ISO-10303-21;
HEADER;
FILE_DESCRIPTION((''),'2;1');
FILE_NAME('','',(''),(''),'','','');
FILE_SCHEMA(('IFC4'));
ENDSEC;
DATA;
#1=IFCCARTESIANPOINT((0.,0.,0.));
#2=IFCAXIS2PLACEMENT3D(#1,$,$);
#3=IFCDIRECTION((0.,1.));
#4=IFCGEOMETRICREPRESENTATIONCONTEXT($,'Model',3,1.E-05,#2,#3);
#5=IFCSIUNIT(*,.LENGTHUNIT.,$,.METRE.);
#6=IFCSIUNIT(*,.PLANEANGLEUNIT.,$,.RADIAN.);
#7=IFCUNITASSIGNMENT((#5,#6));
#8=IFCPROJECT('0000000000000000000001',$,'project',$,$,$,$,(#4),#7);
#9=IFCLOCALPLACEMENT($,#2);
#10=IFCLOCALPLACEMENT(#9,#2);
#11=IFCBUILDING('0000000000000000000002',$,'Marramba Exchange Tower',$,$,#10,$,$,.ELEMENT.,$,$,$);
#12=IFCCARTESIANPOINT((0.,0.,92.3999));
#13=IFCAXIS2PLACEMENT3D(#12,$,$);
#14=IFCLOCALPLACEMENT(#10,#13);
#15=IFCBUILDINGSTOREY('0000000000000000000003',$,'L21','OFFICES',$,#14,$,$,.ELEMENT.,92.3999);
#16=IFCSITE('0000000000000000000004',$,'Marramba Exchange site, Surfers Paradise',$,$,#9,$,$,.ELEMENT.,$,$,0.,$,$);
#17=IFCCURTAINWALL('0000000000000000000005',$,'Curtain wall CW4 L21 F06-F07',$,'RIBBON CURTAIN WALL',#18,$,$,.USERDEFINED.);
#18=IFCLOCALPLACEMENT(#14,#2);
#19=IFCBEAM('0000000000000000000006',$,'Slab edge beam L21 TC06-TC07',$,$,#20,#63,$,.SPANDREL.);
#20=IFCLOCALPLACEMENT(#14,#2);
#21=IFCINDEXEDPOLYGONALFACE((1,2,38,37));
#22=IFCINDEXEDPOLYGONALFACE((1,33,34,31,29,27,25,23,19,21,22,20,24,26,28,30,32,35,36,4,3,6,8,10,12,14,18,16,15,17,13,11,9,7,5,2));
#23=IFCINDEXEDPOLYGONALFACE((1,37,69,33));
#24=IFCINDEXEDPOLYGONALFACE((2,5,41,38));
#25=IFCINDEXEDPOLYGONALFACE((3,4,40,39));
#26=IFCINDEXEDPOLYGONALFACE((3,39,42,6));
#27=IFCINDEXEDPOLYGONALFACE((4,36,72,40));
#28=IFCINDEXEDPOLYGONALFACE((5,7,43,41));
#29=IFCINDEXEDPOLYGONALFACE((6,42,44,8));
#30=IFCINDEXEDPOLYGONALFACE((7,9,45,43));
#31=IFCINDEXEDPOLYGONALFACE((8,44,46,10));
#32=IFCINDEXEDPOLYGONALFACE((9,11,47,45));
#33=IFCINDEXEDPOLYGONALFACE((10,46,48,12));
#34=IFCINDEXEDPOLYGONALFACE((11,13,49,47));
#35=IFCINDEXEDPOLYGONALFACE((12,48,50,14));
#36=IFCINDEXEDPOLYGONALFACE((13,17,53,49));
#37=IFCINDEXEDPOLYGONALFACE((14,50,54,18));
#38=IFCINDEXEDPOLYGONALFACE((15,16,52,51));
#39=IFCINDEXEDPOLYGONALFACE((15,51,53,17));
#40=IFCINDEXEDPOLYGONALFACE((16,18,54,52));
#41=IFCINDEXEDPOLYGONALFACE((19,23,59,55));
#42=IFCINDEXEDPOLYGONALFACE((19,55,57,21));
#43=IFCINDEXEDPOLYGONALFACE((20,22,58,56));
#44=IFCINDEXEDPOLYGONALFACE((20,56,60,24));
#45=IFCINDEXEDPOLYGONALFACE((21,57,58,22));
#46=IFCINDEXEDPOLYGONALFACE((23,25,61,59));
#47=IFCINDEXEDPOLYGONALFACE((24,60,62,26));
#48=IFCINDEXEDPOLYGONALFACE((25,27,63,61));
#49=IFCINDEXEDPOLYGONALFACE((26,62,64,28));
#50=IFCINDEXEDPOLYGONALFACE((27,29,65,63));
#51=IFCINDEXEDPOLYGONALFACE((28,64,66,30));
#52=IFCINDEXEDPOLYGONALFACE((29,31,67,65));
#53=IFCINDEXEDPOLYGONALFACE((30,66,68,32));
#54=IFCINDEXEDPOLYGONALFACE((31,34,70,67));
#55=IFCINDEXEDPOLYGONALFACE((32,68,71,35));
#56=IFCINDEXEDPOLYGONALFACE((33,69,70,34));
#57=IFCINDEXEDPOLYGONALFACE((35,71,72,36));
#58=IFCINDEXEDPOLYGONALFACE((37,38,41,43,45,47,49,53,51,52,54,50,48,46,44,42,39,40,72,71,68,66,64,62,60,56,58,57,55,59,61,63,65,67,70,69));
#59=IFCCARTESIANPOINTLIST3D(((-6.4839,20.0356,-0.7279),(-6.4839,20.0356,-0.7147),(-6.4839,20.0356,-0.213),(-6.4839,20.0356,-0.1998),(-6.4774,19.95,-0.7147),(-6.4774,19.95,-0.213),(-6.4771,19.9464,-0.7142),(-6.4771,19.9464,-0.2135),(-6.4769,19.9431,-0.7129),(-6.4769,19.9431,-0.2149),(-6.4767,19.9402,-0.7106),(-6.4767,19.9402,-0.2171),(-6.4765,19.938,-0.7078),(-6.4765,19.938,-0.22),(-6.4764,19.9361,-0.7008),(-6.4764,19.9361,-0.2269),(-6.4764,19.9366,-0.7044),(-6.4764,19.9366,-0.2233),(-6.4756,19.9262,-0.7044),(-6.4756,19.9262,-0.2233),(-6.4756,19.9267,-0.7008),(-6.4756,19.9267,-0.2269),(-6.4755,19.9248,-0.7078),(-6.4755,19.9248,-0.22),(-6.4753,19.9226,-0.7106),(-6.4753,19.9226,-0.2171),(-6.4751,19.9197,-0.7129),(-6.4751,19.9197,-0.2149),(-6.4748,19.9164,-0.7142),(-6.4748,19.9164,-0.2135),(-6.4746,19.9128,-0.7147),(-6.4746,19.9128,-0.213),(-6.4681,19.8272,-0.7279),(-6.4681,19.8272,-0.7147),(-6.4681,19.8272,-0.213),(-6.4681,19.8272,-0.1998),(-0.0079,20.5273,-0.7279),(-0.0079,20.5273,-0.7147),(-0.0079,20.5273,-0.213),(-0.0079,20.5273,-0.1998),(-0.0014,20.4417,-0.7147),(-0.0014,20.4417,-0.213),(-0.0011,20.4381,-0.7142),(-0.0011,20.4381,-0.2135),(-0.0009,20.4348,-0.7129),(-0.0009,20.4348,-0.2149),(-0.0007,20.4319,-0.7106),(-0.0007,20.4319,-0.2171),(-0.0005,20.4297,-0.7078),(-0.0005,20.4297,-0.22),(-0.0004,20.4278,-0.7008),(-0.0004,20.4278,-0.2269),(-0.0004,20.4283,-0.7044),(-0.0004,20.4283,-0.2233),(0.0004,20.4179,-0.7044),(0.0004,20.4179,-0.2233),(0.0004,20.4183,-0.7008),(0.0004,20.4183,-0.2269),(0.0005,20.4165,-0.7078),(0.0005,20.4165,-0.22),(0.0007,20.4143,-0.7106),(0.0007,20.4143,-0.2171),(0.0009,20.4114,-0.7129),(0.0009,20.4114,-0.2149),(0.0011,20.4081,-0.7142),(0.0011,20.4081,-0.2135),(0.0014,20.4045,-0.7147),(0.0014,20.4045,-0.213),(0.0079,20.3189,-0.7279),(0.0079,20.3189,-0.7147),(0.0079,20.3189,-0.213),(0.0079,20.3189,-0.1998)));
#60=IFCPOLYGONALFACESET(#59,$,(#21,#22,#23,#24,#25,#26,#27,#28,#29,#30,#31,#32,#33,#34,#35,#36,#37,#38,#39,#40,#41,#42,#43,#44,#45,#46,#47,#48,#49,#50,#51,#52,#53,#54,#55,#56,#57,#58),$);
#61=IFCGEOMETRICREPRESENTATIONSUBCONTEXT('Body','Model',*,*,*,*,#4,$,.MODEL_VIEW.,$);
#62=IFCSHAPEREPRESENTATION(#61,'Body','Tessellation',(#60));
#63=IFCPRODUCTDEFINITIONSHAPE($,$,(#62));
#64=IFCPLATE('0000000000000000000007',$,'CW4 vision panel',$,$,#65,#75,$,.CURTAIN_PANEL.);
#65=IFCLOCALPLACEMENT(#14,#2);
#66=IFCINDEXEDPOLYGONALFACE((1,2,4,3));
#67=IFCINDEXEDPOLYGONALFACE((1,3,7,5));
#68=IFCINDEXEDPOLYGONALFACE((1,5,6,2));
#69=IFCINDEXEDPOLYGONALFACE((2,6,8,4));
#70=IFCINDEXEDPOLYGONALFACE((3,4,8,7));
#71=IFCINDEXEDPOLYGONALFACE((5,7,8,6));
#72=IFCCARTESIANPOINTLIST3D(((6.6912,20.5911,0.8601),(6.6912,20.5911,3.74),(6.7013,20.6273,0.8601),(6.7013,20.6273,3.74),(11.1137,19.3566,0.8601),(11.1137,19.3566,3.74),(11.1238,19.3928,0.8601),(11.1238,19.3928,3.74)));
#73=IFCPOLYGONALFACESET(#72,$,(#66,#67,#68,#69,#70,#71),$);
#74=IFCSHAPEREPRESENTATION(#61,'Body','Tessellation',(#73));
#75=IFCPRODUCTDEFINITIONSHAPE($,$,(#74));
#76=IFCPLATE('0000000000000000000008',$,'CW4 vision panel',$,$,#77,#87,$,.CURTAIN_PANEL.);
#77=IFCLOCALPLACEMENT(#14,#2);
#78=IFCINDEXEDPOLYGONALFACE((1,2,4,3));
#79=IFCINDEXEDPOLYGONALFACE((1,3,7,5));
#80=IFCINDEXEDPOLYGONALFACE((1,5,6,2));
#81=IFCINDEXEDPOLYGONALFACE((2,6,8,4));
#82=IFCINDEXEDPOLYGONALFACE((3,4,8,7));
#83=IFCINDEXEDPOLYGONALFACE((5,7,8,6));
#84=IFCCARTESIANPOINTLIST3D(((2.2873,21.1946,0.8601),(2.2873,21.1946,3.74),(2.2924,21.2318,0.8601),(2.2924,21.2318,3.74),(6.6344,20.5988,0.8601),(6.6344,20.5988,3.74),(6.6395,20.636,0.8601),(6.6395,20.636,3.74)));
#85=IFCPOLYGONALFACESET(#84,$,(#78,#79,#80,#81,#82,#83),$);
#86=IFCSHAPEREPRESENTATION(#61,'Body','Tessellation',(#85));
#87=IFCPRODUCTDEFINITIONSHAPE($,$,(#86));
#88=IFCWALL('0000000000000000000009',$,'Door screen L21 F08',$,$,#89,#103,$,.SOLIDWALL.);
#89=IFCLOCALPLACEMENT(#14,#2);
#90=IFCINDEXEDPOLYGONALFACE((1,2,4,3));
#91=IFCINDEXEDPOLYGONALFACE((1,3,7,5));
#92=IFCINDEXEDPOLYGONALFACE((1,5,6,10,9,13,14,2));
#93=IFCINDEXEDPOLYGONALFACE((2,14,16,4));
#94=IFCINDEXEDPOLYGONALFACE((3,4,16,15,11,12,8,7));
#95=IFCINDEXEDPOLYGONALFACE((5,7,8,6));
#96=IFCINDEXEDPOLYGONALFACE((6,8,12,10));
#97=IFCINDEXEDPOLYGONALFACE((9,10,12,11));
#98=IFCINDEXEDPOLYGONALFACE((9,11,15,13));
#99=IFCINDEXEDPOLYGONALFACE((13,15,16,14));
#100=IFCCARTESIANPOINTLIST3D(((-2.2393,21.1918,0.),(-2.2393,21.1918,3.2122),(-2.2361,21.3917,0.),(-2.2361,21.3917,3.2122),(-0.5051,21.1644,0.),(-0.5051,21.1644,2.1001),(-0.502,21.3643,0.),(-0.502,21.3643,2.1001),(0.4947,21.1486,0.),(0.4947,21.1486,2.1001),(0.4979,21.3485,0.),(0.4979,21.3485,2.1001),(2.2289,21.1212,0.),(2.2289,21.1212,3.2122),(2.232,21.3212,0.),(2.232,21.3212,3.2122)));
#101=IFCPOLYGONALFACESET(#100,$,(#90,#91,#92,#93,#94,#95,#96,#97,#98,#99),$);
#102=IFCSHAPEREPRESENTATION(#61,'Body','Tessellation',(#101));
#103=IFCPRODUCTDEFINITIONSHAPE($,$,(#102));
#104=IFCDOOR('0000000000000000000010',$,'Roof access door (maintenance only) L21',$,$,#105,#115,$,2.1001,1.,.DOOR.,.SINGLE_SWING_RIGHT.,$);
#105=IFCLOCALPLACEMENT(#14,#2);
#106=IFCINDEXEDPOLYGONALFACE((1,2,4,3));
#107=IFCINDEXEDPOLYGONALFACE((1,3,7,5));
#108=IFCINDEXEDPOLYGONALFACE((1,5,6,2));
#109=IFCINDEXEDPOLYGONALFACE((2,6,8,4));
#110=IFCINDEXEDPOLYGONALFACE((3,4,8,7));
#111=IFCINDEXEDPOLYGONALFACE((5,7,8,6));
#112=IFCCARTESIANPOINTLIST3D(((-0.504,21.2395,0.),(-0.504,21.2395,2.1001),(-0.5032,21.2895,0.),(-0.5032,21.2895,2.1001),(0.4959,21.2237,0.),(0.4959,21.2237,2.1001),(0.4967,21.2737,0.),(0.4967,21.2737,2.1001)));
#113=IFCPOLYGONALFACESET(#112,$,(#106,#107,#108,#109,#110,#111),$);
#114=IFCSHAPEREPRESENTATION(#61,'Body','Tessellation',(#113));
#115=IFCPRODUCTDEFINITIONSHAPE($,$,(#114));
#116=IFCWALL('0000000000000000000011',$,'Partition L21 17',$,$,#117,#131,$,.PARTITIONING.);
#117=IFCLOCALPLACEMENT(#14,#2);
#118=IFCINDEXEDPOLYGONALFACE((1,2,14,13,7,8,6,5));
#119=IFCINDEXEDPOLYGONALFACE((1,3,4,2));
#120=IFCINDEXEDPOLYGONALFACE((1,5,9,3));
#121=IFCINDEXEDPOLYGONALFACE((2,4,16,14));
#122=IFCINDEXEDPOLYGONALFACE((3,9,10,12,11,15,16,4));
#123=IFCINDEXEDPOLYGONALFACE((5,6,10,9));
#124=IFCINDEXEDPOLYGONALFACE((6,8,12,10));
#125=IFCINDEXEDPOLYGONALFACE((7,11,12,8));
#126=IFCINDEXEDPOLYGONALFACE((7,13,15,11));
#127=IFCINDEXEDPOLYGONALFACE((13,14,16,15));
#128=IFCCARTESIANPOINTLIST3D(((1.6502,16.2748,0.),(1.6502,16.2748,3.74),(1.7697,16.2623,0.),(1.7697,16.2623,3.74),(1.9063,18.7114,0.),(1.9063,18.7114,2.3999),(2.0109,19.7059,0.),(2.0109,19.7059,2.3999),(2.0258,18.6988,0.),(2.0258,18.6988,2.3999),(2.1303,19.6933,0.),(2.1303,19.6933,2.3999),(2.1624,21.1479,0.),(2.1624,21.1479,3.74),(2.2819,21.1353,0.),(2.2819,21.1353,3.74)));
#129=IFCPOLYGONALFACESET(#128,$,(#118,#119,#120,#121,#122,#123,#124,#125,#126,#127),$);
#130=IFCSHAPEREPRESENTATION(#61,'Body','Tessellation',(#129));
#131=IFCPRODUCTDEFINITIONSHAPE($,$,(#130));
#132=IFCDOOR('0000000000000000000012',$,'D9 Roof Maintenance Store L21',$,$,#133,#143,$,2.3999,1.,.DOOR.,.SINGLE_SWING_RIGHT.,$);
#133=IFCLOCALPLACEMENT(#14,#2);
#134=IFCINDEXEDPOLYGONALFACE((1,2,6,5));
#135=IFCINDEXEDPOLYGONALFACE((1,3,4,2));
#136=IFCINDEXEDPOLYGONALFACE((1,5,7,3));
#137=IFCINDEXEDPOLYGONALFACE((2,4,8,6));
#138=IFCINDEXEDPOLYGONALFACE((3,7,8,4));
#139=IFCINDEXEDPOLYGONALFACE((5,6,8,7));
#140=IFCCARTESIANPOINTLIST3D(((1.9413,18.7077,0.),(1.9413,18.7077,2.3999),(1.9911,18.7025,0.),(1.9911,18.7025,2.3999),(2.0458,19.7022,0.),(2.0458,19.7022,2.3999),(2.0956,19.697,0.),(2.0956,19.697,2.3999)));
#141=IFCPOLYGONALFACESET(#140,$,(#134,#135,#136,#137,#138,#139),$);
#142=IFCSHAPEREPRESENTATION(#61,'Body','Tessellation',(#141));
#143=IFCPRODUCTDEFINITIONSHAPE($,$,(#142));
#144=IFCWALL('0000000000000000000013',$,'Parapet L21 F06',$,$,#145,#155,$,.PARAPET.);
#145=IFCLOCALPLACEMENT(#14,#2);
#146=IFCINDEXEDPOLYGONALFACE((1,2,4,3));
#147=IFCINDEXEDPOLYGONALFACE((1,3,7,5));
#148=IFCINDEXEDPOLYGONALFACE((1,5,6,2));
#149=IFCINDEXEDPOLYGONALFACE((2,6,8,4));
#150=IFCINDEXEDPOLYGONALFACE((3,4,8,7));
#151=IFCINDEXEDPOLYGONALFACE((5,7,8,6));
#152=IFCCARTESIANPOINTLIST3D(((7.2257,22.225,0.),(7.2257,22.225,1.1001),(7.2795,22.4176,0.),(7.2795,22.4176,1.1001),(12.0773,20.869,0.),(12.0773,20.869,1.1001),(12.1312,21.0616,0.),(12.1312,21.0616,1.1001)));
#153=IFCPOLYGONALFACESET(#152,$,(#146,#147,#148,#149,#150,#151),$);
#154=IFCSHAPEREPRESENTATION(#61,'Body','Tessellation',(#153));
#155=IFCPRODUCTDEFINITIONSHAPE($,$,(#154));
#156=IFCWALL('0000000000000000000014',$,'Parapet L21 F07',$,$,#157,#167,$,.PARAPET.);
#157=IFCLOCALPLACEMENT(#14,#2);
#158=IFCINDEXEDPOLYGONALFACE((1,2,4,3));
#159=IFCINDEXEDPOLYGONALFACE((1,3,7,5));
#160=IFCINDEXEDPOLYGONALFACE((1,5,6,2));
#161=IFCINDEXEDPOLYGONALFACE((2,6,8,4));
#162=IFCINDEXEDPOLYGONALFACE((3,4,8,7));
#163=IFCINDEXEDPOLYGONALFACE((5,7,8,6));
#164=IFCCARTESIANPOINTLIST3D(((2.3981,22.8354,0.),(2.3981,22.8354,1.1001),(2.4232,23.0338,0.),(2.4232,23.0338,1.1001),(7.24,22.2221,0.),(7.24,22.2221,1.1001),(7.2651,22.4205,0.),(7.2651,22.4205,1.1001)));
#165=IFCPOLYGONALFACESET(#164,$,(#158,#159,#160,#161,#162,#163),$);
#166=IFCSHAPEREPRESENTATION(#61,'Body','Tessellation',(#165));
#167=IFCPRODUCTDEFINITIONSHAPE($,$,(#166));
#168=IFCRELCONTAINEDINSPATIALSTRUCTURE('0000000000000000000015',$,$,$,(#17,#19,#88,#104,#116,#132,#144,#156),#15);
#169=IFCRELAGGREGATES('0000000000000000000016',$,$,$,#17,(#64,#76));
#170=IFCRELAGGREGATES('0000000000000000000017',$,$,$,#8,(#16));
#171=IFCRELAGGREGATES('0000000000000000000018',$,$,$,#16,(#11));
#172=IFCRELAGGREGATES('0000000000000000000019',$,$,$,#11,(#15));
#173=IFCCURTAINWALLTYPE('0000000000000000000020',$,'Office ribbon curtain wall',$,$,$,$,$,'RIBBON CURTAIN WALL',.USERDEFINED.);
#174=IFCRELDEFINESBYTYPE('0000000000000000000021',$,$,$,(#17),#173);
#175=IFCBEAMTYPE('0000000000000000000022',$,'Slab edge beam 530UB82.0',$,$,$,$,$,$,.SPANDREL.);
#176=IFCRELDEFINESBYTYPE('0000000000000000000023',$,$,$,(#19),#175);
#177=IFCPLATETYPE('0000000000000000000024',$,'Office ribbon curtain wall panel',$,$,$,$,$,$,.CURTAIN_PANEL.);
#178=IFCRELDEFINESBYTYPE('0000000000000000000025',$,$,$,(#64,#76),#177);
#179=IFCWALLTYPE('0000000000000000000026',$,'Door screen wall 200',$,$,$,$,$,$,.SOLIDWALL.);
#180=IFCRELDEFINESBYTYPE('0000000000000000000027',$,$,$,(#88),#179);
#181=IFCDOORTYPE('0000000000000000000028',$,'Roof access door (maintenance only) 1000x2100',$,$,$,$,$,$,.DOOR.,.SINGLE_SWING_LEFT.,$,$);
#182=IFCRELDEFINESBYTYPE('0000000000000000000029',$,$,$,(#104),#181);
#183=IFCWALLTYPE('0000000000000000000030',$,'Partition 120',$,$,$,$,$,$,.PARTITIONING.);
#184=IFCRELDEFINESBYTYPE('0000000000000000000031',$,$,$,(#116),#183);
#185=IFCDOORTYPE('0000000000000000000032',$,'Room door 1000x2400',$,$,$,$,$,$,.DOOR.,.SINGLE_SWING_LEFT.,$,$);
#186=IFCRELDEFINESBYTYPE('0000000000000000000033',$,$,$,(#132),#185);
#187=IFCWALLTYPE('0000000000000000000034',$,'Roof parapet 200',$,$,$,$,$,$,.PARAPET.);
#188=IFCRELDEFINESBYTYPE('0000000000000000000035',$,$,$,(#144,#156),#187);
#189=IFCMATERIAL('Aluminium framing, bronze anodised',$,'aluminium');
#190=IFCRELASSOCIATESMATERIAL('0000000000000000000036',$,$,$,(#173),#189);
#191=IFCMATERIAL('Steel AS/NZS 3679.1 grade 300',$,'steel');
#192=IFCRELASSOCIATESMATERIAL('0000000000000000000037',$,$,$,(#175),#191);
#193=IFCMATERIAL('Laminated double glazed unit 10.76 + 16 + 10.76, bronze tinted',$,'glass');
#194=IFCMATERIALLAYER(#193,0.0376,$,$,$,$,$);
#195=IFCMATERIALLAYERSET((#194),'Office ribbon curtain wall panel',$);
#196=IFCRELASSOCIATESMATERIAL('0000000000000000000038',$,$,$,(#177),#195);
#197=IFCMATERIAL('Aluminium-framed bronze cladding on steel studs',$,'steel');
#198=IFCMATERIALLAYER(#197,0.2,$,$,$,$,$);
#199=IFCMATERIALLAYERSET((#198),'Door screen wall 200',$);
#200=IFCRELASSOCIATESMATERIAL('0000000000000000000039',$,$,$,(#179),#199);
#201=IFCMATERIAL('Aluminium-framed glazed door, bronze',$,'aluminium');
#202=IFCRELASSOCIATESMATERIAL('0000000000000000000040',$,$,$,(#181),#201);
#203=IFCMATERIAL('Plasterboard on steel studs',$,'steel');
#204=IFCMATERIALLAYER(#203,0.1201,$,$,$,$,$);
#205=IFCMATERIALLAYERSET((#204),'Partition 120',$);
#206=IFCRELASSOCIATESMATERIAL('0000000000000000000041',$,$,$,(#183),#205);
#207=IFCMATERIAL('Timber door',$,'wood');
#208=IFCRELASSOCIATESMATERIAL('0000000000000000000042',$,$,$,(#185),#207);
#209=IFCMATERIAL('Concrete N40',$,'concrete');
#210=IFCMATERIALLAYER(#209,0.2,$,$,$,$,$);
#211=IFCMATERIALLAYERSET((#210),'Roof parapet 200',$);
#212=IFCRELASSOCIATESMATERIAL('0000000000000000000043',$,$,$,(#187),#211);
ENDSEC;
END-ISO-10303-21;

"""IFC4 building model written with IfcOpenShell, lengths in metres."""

from ifc_helpers import new_model, si_unit, direction, frame, frame_2d, origin, origin_2d, place, context, subcontext, project, spatial, rectangle, i_section, extrude, material, layer, layer_set, material_profile, profile_set, type_object, element, fill, aggregate, save


model = new_model("IFC4")

# Units and contexts
model_context = context("Model", 3, precision=1e-05, world=origin(), true_north=direction((0.0, 1.0)))
body_context = subcontext(model_context, "Body", "Model", "MODEL_VIEW")
ifc_project = project(units=[si_unit("LENGTHUNIT", "METRE"), si_unit("PLANEANGLEUNIT", "RADIAN")], contexts=[model_context])

# Site, building, storey
site_placement = place(None, origin())
site = spatial("IfcSite", under=ifc_project, at=site_placement, Name="Marramba Exchange site, Surfers Paradise", CompositionType="ELEMENT", RefElevation=0.0)
building_placement = place(site_placement, origin())
building = spatial("IfcBuilding", under=site, at=building_placement, Name="Marramba Exchange Tower", CompositionType="ELEMENT")
storey_placement = place(building_placement, frame((0.0, 0.0, 92.3999)))
storey = spatial("IfcBuildingStorey", under=building, at=storey_placement, Name="L21", Description="OFFICES", CompositionType="ELEMENT", Elevation=92.3999)

# Curtain wall
ifc_material_1 = material(Name="Aluminium framing, bronze anodised", Category="aluminium")
curtain_wall_type = type_object("IfcCurtainWallType", Name="Office ribbon curtain wall", ElementType="RIBBON CURTAIN WALL", PredefinedType="USERDEFINED", material=ifc_material_1)
curtain_wall_placement = place(storey_placement, origin())
curtain_wall = element("IfcCurtainWall", 1, at=curtain_wall_placement, inside=storey, type_object=curtain_wall_type, Name="Curtain wall CW4 L21 F06-F07", ObjectType="RIBBON CURTAIN WALL", PredefinedType="USERDEFINED")

# Beam
ifc_material_2 = material(Name="Steel AS/NZS 3679.1 grade 300", Category="steel")
ifc_material_profile_1 = material_profile(ifc_material_2, i_section(OverallWidth=0.209, OverallDepth=0.5281, WebThickness=0.0095, FlangeThickness=0.0132, FilletRadius=0.0139, at=origin_2d()), Name="530UB82.0")
ifc_profile_set_1 = profile_set([ifc_material_profile_1], Name="Steel AS/NZS 3679.1 grade 300")
beam_type_1 = type_object("IfcBeamType", Name="Slab edge beam 530UB82.0", PredefinedType="SPANDREL", material=ifc_profile_set_1)
beam_1_placement = place(storey_placement, frame((0.0, 20.4231, -0.4639), z_axis=(-0.99713, -0.075708, 0.0), x_axis=(0.075708, -0.99713, 0.0)))
element("IfcBeam", 2, at=beam_1_placement, inside=storey, type_object=beam_type_1, Name="Slab edge beam L21 TC06-TC07", PredefinedType="SPANDREL", context=body_context, shape_type="SweptSolid", body=[
    extrude(i_section(OverallWidth=0.209, OverallDepth=0.5281, WebThickness=0.0095, FlangeThickness=0.0132, FilletRadius=0.0139, at=origin_2d()), origin(), (0.0, 0.0, 1.0), 6.4946),
])

# Plates
ifc_material_3 = material(Name="Laminated double glazed unit 10.76 + 16 + 10.76, bronze tinted", Category="glass")
ifc_layer_1 = layer(ifc_material_3, 0.0376)
ifc_layer_set_1 = layer_set([ifc_layer_1], Name="Office ribbon curtain wall panel")
plate_type = type_object("IfcPlateType", Name="Office ribbon curtain wall panel", PredefinedType="CURTAIN_PANEL", material=ifc_layer_set_1)
plate_1_placement = place(storey_placement, frame((8.9075, 19.9919, 0.8601), z_axis=(0.0, 0.0, 1.0), x_axis=(-0.963178, 0.268865, 0.0)))
plate_1 = element("IfcPlate", 3, at=plate_1_placement, type_object=plate_type, Name="CW4 vision panel", PredefinedType="CURTAIN_PANEL", context=body_context, shape_type="SweptSolid", body=[
    extrude(rectangle(XDim=4.5916, YDim=0.0376, at=origin_2d()), origin(), (0.0, 0.0, 1.0), 2.8799),
])
plate_2_placement = place(storey_placement, frame((4.4634, 20.9153, 0.8601), z_axis=(0.0, 0.0, 1.0), x_axis=(-0.990738, 0.135786, 0.0)))
plate_2 = element("IfcPlate", 4, at=plate_2_placement, type_object=plate_type, Name="CW4 vision panel", PredefinedType="CURTAIN_PANEL", context=body_context, shape_type="SweptSolid", body=[
    extrude(rectangle(XDim=4.3877, YDim=0.0376, at=origin_2d()), origin(), (0.0, 0.0, 1.0), 2.8799),
])
aggregate(curtain_wall, [plate_1, plate_2])

# Walls, openings, doors
ifc_material_4 = material(Name="Aluminium-framed bronze cladding on steel studs", Category="steel")
ifc_layer_2 = layer(ifc_material_4, 0.2)
ifc_layer_set_2 = layer_set([ifc_layer_2], Name="Door screen wall 200")
wall_type_1 = type_object("IfcWallType", Name="Door screen wall 200", PredefinedType="SOLIDWALL", material=ifc_layer_set_2)
wall_1_placement = place(storey_placement, frame((2.2305, 21.2212, 0.0), z_axis=(0.0, 0.0, 1.0), x_axis=(-0.999875, 0.015789, 0.0)))
wall_1 = element("IfcWall", 5, at=wall_1_placement, inside=storey, type_object=wall_type_1, Name="Door screen L21 F08", PredefinedType="SOLIDWALL", context=body_context, shape_type="SweptSolid", body=[
    extrude(rectangle(XDim=4.4688, YDim=0.2, at=frame_2d((2.2344, 0.0))), origin(), (0.0, 0.0, 1.0), 3.2122),
])
opening_1_placement = place(wall_1_placement, frame((1.7344, 0.0, 0.0)))
opening_1 = element("IfcOpeningElement", 6, at=opening_1_placement, cuts=wall_1, PredefinedType="OPENING", context=body_context, shape_type="SweptSolid", body=[
    extrude(rectangle(XDim=1.0, YDim=2.1001, at=frame_2d((0.5, 1.05))), frame((0.0, 0.1099, 0.0), z_axis=(0.0, -1.0, 0.0), x_axis=(1.0, 0.0, 0.0)), (0.0, 0.0, 1.0), 0.22),
])
ifc_material_5 = material(Name="Aluminium-framed glazed door, bronze", Category="aluminium")
door_type_1 = type_object("IfcDoorType", Name="Roof access door (maintenance only) 1000x2100", OperationType="SINGLE_SWING_LEFT", PredefinedType="DOOR", material=ifc_material_5)
door_1_placement = place(opening_1_placement, frame((1.0, 0.0, 0.0), z_axis=(0.0, 0.0, 1.0), x_axis=(-1.0, 0.0, 0.0)))
door_1 = element("IfcDoor", 7, at=door_1_placement, inside=storey, type_object=door_type_1, Name="Roof access door (maintenance only) L21", OperationType="SINGLE_SWING_RIGHT", OverallHeight=2.1001, OverallWidth=1.0, PredefinedType="DOOR", context=body_context, shape_type="SweptSolid", body=[
    extrude(rectangle(XDim=1.0, YDim=2.1001, at=frame_2d((0.5, 1.05))), frame((0.0, 0.0251, 0.0), z_axis=(0.0, -1.0, 0.0), x_axis=(1.0, 0.0, 0.0)), (0.0, 0.0, 1.0), 0.05),
])
fill(opening_1, door_1)
ifc_material_6 = material(Name="Plasterboard on steel studs", Category="steel")
ifc_layer_3 = layer(ifc_material_6, 0.1201)
ifc_layer_set_3 = layer_set([ifc_layer_3], Name="Partition 120")
wall_type_2 = type_object("IfcWallType", Name="Partition 120", PredefinedType="PARTITIONING", material=ifc_layer_set_3)
wall_2_placement = place(storey_placement, frame((1.71, 16.2686, 0.0), z_axis=(0.0, 0.0, 1.0), x_axis=(0.104534, 0.994521, 0.0)))
wall_2 = element("IfcWall", 8, at=wall_2_placement, inside=storey, type_object=wall_type_2, Name="Partition L21 17", PredefinedType="PARTITIONING", context=body_context, shape_type="SweptSolid", body=[
    extrude(rectangle(XDim=4.8999, YDim=0.1201, at=frame_2d((2.45, 0.0))), origin(), (0.0, 0.0, 1.0), 3.74),
])
opening_2_placement = place(wall_2_placement, frame((2.45, 0.0, 0.0)))
opening_2 = element("IfcOpeningElement", 9, at=opening_2_placement, cuts=wall_2, PredefinedType="OPENING", context=body_context, shape_type="SweptSolid", body=[
    extrude(rectangle(XDim=1.0, YDim=2.3999, at=frame_2d((0.5, 1.2))), frame((0.0, 0.0701, 0.0), z_axis=(0.0, -1.0, 0.0), x_axis=(1.0, 0.0, 0.0)), (0.0, 0.0, 1.0), 0.1401),
])
ifc_material_7 = material(Name="Timber door", Category="wood")
door_type_2 = type_object("IfcDoorType", Name="Room door 1000x2400", OperationType="SINGLE_SWING_LEFT", PredefinedType="DOOR", material=ifc_material_7)
door_2_placement = place(opening_2_placement, origin())
door_2 = element("IfcDoor", 10, at=door_2_placement, inside=storey, type_object=door_type_2, Name="D9 Roof Maintenance Store L21", OperationType="SINGLE_SWING_RIGHT", OverallHeight=2.3999, OverallWidth=1.0, PredefinedType="DOOR", context=body_context, shape_type="SweptSolid", body=[
    extrude(rectangle(XDim=1.0, YDim=2.3999, at=frame_2d((0.5, 1.2))), frame((0.0, 0.0249, 0.0), z_axis=(0.0, -1.0, 0.0), x_axis=(1.0, 0.0, 0.0)), (0.0, 0.0, 1.0), 0.05),
])
fill(opening_2, door_2)

# Walls
ifc_material_8 = material(Name="Concrete N40", Category="concrete")
ifc_layer_4 = layer(ifc_material_8, 0.2)
ifc_layer_set_4 = layer_set([ifc_layer_4], Name="Roof parapet 200")
wall_type_3 = type_object("IfcWallType", Name="Roof parapet 200", PredefinedType="PARAPET", material=ifc_layer_set_4)
wall_3_placement = place(storey_placement, frame((12.1042, 20.9653, 0.0), z_axis=(0.0, 0.0, 1.0), x_axis=(-0.963092, 0.269173, 0.0)))
element("IfcWall", 11, at=wall_3_placement, inside=storey, type_object=wall_type_3, Name="Parapet L21 F06", PredefinedType="PARAPET", context=body_context, shape_type="SweptSolid", body=[
    extrude(rectangle(XDim=5.0376, YDim=0.2, at=frame_2d((2.5188, 0.0))), origin(), (0.0, 0.0, 1.0), 1.1001),
])
wall_4_placement = place(storey_placement, frame((7.2527, 22.3213, 0.0), z_axis=(0.0, 0.0, 1.0), x_axis=(-0.992074, 0.125654, 0.0)))
element("IfcWall", 12, at=wall_4_placement, inside=storey, type_object=wall_type_3, Name="Parapet L21 F07", PredefinedType="PARAPET", context=body_context, shape_type="SweptSolid", body=[
    extrude(rectangle(XDim=4.8806, YDim=0.2, at=frame_2d((2.4404, 0.0))), origin(), (0.0, 0.0, 1.0), 1.1001),
])

save(model, "model.ifc")
